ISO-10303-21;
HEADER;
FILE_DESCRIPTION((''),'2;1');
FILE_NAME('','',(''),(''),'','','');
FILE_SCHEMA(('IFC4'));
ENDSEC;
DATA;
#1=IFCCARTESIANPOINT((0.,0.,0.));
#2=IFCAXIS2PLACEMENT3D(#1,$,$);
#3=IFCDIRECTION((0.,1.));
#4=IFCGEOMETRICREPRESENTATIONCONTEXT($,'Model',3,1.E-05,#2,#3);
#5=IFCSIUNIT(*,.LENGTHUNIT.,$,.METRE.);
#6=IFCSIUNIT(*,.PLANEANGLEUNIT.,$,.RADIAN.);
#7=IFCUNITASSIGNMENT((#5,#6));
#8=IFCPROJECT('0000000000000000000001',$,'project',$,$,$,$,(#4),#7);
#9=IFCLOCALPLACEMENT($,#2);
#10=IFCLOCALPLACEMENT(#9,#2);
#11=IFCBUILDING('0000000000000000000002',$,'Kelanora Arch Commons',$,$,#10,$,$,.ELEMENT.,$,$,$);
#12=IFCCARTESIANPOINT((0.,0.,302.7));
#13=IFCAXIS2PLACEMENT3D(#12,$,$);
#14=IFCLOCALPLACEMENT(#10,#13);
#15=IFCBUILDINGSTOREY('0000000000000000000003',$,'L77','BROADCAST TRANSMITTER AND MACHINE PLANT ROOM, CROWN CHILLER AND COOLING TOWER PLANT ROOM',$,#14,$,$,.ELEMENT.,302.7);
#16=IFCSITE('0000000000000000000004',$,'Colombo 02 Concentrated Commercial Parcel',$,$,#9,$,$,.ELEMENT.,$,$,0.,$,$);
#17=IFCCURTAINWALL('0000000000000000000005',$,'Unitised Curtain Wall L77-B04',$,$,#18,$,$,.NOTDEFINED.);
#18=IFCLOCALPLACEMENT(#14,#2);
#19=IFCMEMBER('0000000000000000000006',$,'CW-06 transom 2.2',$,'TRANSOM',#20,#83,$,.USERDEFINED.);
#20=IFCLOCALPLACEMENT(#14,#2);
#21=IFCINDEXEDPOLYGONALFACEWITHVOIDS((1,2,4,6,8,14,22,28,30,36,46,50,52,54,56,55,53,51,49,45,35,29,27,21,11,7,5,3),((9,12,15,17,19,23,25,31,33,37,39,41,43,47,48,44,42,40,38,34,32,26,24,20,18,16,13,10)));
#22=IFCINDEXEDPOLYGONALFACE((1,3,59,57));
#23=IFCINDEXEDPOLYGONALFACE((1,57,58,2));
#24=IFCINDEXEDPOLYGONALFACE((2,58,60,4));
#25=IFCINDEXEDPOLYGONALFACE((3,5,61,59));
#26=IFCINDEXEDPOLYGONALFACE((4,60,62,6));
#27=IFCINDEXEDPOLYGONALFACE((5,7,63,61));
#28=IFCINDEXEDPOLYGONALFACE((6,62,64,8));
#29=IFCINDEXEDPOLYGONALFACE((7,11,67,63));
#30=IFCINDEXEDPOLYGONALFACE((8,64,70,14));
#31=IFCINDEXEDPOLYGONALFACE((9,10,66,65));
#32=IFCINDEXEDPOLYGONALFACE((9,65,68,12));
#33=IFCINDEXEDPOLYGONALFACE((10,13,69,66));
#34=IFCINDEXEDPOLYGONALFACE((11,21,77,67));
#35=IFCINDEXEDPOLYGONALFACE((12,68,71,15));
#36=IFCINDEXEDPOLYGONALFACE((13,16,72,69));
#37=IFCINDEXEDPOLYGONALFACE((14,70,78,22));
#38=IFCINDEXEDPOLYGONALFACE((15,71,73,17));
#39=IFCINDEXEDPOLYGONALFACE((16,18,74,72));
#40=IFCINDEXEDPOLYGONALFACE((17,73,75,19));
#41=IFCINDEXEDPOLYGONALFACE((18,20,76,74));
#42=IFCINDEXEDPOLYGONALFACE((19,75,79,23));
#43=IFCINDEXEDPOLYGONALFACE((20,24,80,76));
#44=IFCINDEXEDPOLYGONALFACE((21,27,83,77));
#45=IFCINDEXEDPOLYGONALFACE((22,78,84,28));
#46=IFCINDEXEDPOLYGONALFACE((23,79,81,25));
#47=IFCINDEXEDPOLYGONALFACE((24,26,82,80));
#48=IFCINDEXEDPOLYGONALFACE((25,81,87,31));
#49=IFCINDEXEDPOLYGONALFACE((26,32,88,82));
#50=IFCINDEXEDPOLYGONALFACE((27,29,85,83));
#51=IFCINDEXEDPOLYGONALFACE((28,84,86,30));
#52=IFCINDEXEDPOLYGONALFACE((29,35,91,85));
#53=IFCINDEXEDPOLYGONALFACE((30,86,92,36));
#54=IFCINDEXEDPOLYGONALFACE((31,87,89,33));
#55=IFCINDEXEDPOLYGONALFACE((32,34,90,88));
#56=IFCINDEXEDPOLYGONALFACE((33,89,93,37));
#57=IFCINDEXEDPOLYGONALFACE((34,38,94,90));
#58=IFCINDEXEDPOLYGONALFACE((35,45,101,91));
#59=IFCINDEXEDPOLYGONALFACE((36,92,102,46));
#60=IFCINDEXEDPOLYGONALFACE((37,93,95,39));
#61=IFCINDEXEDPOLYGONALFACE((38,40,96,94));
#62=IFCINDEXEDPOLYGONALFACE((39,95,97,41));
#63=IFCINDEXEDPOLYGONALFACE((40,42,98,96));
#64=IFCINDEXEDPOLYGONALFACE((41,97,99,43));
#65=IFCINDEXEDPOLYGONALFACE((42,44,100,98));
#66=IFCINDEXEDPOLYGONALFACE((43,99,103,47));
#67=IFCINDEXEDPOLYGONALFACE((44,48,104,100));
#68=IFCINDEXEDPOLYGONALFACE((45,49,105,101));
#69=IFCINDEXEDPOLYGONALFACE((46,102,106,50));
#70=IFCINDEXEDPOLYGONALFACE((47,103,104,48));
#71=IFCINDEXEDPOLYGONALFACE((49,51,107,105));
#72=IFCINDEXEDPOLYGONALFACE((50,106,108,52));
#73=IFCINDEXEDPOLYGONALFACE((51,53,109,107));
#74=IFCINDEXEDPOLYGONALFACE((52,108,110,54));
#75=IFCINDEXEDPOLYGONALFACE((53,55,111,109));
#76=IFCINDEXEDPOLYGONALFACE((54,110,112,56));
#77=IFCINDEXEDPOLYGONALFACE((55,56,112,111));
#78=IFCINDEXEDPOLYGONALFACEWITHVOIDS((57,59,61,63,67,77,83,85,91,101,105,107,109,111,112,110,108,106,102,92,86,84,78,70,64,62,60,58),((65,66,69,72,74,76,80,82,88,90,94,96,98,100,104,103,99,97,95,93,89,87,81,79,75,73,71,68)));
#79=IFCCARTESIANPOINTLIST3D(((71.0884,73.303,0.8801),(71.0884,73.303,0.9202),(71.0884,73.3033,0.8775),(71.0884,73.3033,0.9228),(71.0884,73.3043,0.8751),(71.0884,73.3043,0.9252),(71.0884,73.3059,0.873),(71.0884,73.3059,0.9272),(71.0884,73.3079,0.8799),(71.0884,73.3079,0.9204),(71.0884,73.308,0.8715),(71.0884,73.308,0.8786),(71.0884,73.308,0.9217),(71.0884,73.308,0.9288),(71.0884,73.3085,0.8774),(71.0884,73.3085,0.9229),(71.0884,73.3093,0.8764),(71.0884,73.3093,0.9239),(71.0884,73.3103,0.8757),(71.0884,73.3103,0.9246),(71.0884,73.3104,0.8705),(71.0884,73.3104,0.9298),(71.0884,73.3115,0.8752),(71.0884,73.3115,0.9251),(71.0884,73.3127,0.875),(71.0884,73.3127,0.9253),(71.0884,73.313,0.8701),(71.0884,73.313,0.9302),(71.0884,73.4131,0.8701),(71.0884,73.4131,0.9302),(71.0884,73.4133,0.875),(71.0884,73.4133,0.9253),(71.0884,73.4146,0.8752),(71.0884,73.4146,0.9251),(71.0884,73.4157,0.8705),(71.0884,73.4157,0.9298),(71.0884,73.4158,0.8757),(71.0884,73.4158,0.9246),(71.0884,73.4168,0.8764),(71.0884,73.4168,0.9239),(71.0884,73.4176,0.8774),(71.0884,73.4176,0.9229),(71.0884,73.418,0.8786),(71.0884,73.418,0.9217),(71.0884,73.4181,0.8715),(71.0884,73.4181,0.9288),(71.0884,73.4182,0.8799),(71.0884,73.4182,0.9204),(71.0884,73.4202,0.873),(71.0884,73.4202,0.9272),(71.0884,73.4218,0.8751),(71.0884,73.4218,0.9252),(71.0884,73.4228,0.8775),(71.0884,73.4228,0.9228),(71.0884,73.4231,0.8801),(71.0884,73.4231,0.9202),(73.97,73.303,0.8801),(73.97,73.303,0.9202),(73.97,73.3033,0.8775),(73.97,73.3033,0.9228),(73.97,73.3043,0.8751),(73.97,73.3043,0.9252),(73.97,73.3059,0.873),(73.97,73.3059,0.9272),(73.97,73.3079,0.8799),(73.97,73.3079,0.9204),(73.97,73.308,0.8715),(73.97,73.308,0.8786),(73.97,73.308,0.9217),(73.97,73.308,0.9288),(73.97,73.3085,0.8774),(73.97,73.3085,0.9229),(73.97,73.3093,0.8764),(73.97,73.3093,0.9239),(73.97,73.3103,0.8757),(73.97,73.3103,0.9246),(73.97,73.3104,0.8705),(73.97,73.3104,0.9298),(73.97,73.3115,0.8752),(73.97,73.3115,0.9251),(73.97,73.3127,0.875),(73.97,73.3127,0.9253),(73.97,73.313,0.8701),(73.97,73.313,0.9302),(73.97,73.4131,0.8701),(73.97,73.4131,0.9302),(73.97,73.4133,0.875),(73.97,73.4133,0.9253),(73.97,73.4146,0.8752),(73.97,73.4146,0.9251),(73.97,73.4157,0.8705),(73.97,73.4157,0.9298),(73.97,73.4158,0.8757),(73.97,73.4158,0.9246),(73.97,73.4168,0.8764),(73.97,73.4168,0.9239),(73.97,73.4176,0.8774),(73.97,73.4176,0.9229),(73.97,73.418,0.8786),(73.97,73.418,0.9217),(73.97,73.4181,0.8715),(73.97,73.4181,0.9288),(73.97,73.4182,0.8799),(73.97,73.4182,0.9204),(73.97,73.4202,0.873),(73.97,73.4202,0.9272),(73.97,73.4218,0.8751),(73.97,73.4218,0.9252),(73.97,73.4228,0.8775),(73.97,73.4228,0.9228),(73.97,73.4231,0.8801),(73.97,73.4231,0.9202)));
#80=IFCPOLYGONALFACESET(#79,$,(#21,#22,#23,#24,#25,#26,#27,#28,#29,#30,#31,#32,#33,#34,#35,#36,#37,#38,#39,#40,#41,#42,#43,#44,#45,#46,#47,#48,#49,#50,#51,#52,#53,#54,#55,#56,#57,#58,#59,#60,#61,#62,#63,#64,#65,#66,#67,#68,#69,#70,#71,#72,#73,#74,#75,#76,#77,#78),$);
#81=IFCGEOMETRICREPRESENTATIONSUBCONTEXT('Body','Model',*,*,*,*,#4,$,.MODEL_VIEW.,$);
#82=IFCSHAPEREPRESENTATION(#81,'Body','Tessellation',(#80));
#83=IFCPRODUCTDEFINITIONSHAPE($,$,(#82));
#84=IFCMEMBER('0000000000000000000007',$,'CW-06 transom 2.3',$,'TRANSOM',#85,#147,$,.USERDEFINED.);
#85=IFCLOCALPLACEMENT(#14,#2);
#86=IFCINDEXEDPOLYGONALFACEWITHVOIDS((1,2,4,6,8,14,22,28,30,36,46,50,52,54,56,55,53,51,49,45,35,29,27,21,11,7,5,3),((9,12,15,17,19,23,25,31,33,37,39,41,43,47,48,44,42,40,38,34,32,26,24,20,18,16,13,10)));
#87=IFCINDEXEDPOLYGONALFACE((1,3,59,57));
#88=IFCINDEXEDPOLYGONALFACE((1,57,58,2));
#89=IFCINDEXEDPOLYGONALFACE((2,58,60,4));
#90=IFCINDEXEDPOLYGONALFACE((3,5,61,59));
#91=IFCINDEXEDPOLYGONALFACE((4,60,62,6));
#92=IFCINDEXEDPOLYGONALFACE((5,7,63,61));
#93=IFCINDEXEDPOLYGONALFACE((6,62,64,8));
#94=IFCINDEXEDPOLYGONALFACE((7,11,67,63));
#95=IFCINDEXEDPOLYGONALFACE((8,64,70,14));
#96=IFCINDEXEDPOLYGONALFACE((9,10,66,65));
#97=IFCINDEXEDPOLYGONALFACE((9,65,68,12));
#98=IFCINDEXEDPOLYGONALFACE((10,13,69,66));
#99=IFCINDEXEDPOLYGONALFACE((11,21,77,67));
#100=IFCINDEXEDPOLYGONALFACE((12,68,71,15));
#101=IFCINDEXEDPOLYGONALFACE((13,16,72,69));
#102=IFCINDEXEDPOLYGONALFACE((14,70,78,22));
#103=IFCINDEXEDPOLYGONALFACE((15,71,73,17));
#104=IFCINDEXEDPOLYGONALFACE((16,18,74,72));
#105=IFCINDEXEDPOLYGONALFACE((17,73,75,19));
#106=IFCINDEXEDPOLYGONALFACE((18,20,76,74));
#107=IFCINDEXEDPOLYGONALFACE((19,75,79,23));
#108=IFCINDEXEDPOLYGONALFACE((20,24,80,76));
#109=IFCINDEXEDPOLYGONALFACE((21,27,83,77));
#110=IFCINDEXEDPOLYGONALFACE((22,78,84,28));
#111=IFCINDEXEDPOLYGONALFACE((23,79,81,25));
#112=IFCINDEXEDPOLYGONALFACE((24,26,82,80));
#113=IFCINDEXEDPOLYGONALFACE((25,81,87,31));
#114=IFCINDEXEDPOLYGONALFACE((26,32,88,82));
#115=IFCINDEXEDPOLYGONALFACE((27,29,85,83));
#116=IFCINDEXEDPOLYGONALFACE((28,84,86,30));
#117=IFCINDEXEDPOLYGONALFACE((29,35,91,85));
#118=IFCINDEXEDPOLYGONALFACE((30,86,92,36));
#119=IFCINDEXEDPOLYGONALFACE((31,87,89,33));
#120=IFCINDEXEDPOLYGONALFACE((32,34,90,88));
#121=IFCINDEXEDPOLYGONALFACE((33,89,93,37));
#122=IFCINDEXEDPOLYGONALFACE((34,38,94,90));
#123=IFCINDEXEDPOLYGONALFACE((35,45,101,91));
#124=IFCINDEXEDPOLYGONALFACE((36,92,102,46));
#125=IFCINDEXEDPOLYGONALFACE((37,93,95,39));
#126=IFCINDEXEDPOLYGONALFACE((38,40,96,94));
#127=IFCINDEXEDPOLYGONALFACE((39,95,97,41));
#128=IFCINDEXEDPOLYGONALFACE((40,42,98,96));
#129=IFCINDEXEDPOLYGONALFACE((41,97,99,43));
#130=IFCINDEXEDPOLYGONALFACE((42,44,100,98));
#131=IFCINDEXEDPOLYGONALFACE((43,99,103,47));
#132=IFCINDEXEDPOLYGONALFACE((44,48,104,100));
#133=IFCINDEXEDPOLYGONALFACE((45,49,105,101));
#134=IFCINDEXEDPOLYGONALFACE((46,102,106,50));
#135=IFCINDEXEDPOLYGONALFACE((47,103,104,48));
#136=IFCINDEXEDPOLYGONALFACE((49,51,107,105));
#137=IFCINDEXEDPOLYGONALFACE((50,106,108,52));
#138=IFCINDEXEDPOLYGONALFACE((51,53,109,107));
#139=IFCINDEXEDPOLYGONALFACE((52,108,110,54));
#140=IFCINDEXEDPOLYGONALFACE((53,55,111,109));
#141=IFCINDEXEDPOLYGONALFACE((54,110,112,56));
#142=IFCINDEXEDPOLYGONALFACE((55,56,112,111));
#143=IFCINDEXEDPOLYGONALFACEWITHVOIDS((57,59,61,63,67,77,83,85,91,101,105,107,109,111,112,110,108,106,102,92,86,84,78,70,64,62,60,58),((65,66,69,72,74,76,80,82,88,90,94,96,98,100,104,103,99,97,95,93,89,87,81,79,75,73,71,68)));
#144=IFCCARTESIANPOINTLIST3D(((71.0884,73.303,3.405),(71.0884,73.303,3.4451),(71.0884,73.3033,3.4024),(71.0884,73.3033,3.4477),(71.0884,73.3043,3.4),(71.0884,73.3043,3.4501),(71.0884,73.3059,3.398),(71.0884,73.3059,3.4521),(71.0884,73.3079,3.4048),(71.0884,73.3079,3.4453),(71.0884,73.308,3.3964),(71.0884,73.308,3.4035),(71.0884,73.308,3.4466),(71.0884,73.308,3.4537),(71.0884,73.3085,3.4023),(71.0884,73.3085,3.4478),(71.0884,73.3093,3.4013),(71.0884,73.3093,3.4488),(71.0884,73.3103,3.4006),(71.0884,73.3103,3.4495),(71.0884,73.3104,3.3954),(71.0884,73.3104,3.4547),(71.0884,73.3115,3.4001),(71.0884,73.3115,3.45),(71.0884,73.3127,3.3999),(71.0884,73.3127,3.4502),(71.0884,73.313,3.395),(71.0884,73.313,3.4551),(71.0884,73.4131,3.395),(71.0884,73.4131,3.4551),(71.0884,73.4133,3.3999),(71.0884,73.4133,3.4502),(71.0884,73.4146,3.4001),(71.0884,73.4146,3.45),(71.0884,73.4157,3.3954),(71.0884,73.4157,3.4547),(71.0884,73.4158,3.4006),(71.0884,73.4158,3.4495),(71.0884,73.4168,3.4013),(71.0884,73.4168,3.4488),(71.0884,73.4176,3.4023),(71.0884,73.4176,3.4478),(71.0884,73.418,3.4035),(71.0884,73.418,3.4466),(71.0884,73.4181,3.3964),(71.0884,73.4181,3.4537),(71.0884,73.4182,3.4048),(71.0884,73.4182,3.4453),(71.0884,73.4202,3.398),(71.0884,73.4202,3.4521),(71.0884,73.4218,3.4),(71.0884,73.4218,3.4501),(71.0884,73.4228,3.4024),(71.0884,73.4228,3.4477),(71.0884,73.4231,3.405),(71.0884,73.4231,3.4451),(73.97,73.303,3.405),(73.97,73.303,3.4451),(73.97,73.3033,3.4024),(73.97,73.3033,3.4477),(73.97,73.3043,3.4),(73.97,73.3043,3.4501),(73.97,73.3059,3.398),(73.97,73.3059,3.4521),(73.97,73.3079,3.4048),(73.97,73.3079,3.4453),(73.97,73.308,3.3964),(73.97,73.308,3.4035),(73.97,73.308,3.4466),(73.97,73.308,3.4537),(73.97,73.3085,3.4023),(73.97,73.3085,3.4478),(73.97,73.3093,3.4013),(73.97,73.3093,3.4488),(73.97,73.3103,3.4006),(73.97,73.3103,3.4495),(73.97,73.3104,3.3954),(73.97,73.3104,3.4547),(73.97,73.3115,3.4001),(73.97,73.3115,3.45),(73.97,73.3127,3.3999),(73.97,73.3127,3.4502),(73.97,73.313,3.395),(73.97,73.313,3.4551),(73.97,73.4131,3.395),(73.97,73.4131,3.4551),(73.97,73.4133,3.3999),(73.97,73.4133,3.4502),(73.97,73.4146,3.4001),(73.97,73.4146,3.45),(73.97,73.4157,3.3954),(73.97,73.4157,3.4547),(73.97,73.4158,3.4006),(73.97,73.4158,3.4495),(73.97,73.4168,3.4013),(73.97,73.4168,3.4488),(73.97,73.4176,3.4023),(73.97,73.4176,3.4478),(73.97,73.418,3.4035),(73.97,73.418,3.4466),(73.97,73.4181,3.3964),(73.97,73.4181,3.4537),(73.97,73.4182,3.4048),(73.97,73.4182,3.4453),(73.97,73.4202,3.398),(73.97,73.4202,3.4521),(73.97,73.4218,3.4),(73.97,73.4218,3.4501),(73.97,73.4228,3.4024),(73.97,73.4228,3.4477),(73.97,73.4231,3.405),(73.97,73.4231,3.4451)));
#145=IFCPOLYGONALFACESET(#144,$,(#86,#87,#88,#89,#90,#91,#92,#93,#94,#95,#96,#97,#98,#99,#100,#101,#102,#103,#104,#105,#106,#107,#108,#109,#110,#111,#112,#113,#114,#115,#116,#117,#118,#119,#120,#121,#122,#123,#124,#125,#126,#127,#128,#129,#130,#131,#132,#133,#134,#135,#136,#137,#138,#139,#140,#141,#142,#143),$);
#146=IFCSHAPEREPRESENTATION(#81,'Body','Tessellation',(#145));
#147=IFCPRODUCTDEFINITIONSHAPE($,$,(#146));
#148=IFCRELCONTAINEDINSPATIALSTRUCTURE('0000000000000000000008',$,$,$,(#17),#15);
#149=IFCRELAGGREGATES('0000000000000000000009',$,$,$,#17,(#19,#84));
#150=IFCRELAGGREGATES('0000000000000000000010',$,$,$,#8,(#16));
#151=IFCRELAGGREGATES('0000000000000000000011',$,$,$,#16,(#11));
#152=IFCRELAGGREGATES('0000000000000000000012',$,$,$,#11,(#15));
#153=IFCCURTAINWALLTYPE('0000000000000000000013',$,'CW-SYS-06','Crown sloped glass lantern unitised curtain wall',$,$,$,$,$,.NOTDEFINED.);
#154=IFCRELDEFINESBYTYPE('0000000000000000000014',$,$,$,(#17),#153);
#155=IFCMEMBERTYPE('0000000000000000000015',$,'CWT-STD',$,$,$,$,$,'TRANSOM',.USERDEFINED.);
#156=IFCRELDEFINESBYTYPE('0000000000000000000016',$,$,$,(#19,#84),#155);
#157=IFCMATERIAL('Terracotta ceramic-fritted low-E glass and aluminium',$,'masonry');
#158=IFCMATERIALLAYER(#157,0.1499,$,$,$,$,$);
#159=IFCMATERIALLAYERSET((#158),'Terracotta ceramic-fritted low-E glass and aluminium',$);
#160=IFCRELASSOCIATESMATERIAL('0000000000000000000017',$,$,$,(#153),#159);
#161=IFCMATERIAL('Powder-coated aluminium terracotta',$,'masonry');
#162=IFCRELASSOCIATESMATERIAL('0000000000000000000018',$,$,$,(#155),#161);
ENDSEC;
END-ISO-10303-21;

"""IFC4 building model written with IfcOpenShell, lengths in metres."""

from ifc_helpers import new_model, si_unit, direction, frame, origin, origin_2d, place, context, subcontext, project, spatial, hollow_rectangle, extrude, material, layer, layer_set, material_profile, profile_set, type_object, element, aggregate, save


model = new_model("IFC4")

# Units and contexts
model_context = context("Model", 3, precision=1e-05, world=origin(), true_north=direction((0.0, 1.0)))
body_context = subcontext(model_context, "Body", "Model", "MODEL_VIEW")
ifc_project = project(units=[si_unit("LENGTHUNIT", "METRE"), si_unit("PLANEANGLEUNIT", "RADIAN")], contexts=[model_context])

# Site, building, storey
site_placement = place(None, origin())
site = spatial("IfcSite", under=ifc_project, at=site_placement, Name="Colombo 02 Concentrated Commercial Parcel", CompositionType="ELEMENT", RefElevation=0.0)
building_placement = place(site_placement, origin())
building = spatial("IfcBuilding", under=site, at=building_placement, Name="Kelanora Arch Commons", CompositionType="ELEMENT")
storey_placement = place(building_placement, frame((0.0, 0.0, 302.7)))
storey = spatial("IfcBuildingStorey", under=building, at=storey_placement, Name="L77", Description="BROADCAST TRANSMITTER AND MACHINE PLANT ROOM, CROWN CHILLER AND COOLING TOWER PLANT ROOM", CompositionType="ELEMENT", Elevation=302.7)

# Curtain wall
ifc_material_1 = material(Name="Terracotta ceramic-fritted low-E glass and aluminium", Category="masonry")
ifc_layer_1 = layer(ifc_material_1, 0.1499)
ifc_layer_set_1 = layer_set([ifc_layer_1], Name="Terracotta ceramic-fritted low-E glass and aluminium")
curtain_wall_type = type_object("IfcCurtainWallType", Name="CW-SYS-06", Description="Crown sloped glass lantern unitised curtain wall", PredefinedType="NOTDEFINED", material=ifc_layer_set_1)
curtain_wall_1_placement = place(storey_placement, origin())
curtain_wall_1 = element("IfcCurtainWall", 1, at=curtain_wall_1_placement, inside=storey, type_object=curtain_wall_type, Name="Unitised Curtain Wall L77-B04", PredefinedType="NOTDEFINED")
ifc_material_2 = material(Name="Powder-coated aluminium terracotta", Category="masonry")

# Members
ifc_material_profile_1 = material_profile(ifc_material_2, hollow_rectangle(XDim=0.1201, YDim=0.0601, WallThickness=0.0049, InnerFilletRadius=0.0049, OuterFilletRadius=0.01, at=origin_2d()), Name="CWT120x60")
ifc_profile_set_1 = profile_set([ifc_material_profile_1], Name="Powder-coated aluminium terracotta")
member_type_1 = type_object("IfcMemberType", Name="CWT-STD", ElementType="TRANSOM", PredefinedType="USERDEFINED", material=ifc_profile_set_1)
member_1_placement = place(storey_placement, frame((73.97, 73.363, 0.9001), z_axis=(-1.0, 0.0, 0.0), x_axis=(0.0, -1.0, 0.0)))
member_1 = element("IfcMember", 2, at=member_1_placement, type_object=member_type_1, Name="CW-06 transom 2.2", ObjectType="TRANSOM", PredefinedType="USERDEFINED", context=body_context, shape_type="SweptSolid", body=[
    extrude(hollow_rectangle(XDim=0.1201, YDim=0.0601, WallThickness=0.0049, InnerFilletRadius=0.0049, OuterFilletRadius=0.01, at=origin_2d()), origin(), (0.0, 0.0, 1.0), 2.8816),
])
member_2_placement = place(storey_placement, frame((73.97, 73.363, 3.425), z_axis=(-1.0, 0.0, 0.0), x_axis=(0.0, -1.0, 0.0)))
member_2 = element("IfcMember", 3, at=member_2_placement, type_object=member_type_1, Name="CW-06 transom 2.3", ObjectType="TRANSOM", PredefinedType="USERDEFINED", context=body_context, shape_type="SweptSolid", body=[
    extrude(hollow_rectangle(XDim=0.1201, YDim=0.0601, WallThickness=0.0049, InnerFilletRadius=0.0049, OuterFilletRadius=0.01, at=origin_2d()), origin(), (0.0, 0.0, 1.0), 2.8816),
])

aggregate(curtain_wall_1, [member_1, member_2])

save(model, "model.ifc")
